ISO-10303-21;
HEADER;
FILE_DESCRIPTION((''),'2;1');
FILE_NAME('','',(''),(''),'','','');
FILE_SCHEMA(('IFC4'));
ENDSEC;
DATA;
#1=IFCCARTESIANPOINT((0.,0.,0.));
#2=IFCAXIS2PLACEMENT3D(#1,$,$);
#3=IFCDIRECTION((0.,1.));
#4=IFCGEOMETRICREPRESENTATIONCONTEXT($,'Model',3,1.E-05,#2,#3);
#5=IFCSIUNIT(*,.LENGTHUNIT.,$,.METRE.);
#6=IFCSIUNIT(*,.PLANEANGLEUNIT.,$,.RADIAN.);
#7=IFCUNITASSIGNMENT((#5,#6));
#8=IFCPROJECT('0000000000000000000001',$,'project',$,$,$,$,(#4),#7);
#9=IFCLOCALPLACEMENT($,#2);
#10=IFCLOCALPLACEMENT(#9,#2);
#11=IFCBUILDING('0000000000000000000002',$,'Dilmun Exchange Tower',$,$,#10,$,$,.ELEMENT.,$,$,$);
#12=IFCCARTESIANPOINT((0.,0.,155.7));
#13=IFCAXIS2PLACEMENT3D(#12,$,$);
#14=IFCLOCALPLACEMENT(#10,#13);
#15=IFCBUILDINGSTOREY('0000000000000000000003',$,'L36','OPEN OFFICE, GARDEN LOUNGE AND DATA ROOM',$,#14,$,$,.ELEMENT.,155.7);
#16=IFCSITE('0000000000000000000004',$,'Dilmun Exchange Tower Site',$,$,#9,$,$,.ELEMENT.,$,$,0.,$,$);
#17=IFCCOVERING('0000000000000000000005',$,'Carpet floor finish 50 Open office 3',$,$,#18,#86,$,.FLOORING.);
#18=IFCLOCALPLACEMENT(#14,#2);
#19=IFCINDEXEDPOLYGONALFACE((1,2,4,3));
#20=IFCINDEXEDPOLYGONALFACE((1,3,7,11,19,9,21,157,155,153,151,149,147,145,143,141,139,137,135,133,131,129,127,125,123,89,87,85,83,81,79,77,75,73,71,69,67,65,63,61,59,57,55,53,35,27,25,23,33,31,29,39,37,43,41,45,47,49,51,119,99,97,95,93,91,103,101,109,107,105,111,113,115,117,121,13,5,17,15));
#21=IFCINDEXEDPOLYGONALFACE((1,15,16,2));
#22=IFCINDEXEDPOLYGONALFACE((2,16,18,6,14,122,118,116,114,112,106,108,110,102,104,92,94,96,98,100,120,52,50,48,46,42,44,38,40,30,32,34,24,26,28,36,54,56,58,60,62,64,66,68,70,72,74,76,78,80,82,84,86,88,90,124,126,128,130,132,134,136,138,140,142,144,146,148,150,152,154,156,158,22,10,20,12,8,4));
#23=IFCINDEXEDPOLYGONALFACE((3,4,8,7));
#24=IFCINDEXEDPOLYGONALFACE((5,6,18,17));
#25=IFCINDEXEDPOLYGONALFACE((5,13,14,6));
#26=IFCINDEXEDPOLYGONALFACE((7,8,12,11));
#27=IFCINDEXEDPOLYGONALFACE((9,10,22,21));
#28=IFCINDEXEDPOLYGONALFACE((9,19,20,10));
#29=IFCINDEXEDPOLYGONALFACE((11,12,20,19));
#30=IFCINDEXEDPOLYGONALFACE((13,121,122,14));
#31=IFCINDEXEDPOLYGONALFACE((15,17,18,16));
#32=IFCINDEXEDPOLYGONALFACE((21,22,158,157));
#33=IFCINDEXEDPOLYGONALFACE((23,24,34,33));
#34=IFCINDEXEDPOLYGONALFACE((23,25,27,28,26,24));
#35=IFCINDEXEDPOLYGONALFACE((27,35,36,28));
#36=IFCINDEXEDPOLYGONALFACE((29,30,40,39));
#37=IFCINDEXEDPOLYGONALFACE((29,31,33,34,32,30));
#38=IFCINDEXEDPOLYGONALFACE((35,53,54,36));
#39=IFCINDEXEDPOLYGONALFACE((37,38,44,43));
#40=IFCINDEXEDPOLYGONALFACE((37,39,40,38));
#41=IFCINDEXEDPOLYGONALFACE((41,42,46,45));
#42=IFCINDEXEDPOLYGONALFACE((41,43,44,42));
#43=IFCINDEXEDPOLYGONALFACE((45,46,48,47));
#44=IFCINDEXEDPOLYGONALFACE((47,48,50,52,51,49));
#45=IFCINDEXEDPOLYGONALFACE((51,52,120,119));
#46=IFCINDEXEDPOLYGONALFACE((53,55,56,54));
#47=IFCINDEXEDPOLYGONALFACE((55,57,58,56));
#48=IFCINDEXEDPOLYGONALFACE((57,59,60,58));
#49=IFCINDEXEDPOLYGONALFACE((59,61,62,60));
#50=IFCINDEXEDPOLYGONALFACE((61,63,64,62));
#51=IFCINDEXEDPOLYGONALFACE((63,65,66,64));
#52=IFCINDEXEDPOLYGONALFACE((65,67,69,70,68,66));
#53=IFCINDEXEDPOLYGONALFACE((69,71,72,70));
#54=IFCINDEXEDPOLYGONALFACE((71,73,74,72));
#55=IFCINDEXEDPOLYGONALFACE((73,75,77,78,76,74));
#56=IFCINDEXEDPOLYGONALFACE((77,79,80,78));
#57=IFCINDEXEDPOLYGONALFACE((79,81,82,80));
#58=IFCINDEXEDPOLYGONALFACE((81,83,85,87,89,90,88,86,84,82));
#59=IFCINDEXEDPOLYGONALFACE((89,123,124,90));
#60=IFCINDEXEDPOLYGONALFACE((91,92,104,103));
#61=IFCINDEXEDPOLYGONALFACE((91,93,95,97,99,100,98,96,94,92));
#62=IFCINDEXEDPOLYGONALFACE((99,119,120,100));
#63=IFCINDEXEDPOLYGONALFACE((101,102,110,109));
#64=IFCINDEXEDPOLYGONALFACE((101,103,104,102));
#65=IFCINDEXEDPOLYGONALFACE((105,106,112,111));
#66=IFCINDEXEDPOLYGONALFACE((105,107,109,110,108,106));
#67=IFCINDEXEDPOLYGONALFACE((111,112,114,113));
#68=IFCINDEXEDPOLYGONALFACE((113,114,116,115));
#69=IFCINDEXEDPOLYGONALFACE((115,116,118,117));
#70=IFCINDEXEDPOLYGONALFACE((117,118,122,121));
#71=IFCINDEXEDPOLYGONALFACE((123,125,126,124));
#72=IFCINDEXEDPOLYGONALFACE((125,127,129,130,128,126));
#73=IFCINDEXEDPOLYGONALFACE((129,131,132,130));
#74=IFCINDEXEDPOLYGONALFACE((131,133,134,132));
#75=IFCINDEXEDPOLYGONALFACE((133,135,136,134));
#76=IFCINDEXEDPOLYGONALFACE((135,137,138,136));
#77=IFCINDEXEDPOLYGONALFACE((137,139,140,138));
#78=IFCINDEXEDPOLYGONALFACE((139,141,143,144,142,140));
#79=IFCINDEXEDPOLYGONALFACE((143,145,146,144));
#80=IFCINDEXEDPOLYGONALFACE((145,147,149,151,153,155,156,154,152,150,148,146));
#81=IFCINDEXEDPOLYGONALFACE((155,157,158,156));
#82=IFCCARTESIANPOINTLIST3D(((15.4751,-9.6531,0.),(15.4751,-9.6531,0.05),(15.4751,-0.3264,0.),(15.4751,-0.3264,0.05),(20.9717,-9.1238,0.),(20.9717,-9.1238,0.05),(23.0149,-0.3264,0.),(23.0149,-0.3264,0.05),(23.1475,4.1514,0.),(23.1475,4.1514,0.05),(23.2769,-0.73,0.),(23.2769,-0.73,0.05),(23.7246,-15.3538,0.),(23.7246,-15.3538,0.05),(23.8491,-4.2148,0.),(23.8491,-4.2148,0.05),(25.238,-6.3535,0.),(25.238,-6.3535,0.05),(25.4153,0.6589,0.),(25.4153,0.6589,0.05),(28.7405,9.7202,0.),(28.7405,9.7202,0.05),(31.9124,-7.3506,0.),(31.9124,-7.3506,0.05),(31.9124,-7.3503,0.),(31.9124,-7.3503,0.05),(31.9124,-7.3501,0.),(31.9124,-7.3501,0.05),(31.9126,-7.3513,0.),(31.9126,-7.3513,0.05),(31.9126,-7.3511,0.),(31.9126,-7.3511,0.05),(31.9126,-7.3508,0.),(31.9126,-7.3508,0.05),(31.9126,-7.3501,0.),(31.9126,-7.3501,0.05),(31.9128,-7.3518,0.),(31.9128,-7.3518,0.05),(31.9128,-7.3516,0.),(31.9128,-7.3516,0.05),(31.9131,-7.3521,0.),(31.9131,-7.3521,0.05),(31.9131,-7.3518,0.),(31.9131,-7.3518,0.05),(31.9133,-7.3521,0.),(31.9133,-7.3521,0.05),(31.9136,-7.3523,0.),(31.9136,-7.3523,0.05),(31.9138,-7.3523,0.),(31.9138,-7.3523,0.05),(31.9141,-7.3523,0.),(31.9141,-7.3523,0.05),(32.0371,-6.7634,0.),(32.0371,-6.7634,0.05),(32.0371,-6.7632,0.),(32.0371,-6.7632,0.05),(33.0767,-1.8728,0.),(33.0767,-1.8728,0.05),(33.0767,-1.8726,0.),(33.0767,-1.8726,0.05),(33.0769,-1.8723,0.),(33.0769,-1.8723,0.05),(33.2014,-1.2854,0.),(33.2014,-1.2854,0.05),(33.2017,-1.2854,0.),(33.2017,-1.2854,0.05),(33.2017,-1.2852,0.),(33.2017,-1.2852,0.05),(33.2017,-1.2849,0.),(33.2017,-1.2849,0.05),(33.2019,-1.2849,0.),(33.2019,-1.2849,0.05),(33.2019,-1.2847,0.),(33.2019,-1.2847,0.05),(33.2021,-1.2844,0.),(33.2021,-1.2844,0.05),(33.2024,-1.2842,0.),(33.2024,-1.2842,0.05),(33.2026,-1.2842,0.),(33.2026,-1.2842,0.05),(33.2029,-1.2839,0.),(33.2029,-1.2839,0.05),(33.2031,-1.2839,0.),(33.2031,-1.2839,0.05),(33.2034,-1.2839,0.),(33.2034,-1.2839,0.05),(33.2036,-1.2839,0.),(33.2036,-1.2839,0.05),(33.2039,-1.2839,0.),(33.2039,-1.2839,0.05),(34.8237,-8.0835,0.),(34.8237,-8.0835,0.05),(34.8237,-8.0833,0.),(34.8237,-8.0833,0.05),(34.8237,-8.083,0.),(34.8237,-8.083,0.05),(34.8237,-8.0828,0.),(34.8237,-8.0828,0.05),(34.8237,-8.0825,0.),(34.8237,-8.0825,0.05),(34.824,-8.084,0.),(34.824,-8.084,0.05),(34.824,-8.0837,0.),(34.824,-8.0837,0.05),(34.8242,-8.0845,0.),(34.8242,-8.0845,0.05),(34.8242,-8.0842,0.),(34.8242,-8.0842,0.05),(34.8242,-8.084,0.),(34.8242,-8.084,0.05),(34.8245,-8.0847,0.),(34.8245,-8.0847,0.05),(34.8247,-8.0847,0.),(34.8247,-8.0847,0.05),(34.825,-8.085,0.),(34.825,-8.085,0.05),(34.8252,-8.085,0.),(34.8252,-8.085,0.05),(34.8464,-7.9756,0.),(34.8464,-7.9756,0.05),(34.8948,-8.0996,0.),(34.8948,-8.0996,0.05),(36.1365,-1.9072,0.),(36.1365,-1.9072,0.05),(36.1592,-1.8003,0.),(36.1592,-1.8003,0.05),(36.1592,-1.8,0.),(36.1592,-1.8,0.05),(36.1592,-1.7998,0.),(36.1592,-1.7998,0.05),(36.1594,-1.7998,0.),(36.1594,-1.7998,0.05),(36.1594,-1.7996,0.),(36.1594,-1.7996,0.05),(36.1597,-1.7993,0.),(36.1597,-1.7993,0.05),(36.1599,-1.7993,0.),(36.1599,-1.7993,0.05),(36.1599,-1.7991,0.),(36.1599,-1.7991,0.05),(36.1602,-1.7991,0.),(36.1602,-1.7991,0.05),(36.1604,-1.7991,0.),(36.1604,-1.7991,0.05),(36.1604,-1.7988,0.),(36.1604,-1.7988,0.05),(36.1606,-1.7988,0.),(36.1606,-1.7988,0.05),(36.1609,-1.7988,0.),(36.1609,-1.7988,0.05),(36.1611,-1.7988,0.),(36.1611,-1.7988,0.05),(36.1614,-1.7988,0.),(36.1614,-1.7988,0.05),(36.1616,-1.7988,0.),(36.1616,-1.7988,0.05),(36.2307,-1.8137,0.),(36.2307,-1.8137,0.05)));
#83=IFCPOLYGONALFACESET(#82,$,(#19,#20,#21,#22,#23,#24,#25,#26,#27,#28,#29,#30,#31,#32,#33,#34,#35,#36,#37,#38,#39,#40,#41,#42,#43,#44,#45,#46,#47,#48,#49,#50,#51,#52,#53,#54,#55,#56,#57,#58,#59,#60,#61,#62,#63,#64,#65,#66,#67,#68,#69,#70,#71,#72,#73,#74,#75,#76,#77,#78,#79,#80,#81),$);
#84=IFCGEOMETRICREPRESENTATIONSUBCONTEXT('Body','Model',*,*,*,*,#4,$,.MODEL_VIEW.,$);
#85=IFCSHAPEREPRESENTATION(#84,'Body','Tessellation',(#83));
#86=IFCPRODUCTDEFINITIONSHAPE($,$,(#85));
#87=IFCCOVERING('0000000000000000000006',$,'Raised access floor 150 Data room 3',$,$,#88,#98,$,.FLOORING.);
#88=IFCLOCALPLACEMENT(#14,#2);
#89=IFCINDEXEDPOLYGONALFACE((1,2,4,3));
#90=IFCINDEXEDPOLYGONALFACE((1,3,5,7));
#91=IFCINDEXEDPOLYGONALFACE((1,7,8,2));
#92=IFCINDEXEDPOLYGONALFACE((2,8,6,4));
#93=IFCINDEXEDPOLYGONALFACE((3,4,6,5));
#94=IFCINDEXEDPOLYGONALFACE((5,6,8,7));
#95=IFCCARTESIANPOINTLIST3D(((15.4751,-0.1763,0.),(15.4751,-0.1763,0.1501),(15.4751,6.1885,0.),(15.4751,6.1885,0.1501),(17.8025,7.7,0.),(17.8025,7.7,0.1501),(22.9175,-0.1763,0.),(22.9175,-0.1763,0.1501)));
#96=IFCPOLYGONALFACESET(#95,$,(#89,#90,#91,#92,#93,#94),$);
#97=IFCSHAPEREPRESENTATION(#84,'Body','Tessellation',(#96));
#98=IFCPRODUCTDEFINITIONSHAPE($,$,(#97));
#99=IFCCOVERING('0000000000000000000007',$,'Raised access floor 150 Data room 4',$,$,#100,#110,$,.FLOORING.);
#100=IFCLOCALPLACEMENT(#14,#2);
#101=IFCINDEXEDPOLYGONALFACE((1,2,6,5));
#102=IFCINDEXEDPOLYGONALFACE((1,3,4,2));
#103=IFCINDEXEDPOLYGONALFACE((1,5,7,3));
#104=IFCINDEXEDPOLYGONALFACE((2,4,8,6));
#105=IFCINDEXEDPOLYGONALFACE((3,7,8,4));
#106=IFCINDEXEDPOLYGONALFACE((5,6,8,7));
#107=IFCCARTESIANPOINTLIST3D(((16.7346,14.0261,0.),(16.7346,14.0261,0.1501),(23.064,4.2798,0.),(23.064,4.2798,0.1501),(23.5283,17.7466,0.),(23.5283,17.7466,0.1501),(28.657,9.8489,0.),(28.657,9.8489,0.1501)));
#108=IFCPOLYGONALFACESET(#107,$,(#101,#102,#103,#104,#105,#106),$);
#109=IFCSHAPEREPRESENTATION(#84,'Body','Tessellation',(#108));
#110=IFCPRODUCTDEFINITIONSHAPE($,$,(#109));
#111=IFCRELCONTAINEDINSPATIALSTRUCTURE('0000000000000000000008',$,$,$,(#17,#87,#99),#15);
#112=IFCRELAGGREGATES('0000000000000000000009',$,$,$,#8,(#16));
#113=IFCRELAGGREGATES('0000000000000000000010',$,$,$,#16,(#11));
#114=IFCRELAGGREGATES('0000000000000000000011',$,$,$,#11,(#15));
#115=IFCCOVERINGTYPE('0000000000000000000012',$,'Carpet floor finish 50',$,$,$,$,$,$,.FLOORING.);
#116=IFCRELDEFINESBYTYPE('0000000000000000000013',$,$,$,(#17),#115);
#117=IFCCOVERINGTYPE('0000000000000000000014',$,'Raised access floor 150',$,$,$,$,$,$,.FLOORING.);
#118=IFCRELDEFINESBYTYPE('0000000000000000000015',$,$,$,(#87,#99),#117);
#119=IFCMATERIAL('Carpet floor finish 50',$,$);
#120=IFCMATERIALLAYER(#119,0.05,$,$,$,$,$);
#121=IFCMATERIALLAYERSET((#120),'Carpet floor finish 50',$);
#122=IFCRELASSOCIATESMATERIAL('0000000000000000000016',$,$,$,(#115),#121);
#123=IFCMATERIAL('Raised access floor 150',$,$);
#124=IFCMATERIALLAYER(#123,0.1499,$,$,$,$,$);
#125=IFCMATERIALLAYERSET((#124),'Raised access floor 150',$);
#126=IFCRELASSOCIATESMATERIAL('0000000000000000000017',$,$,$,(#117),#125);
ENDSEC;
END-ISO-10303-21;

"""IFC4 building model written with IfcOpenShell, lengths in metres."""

from ifc_helpers import new_model, si_unit, direction, frame, origin, place, context, subcontext, project, spatial, polyline, outline, extrude, material, layer, layer_set, type_object, element, save


model = new_model("IFC4")

# Units and contexts
model_context = context("Model", 3, precision=1e-05, world=origin(), true_north=direction((0.0, 1.0)))
body_context = subcontext(model_context, "Body", "Model", "MODEL_VIEW")
ifc_project = project(units=[si_unit("LENGTHUNIT", "METRE"), si_unit("PLANEANGLEUNIT", "RADIAN")], contexts=[model_context])

# Site, building, storey
site_placement = place(None, origin())
site = spatial("IfcSite", under=ifc_project, at=site_placement, Name="Dilmun Exchange Tower Site", CompositionType="ELEMENT", RefElevation=0.0)
building_placement = place(site_placement, origin())
building = spatial("IfcBuilding", under=site, at=building_placement, Name="Dilmun Exchange Tower", CompositionType="ELEMENT")
storey_placement = place(building_placement, frame((0.0, 0.0, 155.7)))
storey = spatial("IfcBuildingStorey", under=building, at=storey_placement, Name="L36", Description="OPEN OFFICE, GARDEN LOUNGE AND DATA ROOM", CompositionType="ELEMENT", Elevation=155.7)

# Coverings
ifc_material_1 = material(Name="Carpet floor finish 50")
ifc_layer_1 = layer(ifc_material_1, 0.05)
ifc_layer_set_1 = layer_set([ifc_layer_1], Name="Carpet floor finish 50")
covering_type_1 = type_object("IfcCoveringType", Name="Carpet floor finish 50", PredefinedType="FLOORING", material=ifc_layer_set_1)
covering_1_placement = place(storey_placement, origin())
element("IfcCovering", 1, at=covering_1_placement, inside=storey, type_object=covering_type_1, Name="Carpet floor finish 50 Open office 3", PredefinedType="FLOORING", context=body_context, shape_type="SweptSolid", body=[
    extrude(outline(polyline([(20.9717, -9.1238), (25.238, -6.3535), (23.8491, -4.2148), (15.4751, -9.6531), (15.4751, -0.3264), (23.0149, -0.3264), (23.2769, -0.73), (25.4153, 0.6589), (23.1475, 4.1514), (28.7405, 9.7202), (36.2307, -1.8137), (36.1616, -1.7988), (36.1614, -1.7988), (36.1611, -1.7988), (36.1609, -1.7988), (36.1606, -1.7988), (36.1604, -1.7988), (36.1604, -1.7991), (36.1602, -1.7991), (36.1599, -1.7991), (36.1599, -1.7993), (36.1597, -1.7993), (36.1594, -1.7996), (36.1594, -1.7998), (36.1592, -1.7998), (36.1592, -1.8), (36.1592, -1.8003), (36.1592, -1.8003), (36.1365, -1.9072), (33.2039, -1.2839), (33.2036, -1.2839), (33.2036, -1.2839), (33.2034, -1.2839), (33.2031, -1.2839), (33.2029, -1.2839), (33.2026, -1.2842), (33.2024, -1.2842), (33.2024, -1.2842), (33.2021, -1.2844), (33.2021, -1.2844), (33.2019, -1.2847), (33.2019, -1.2849), (33.2017, -1.2849), (33.2017, -1.2852), (33.2017, -1.2854), (33.2014, -1.2854), (33.0769, -1.8723), (33.0767, -1.8726), (33.0767, -1.8728), (32.0371, -6.7632), (32.0371, -6.7632), (32.0371, -6.7634), (31.9126, -7.3501), (31.9124, -7.3501), (31.9124, -7.3503), (31.9124, -7.3506), (31.9126, -7.3508), (31.9126, -7.3511), (31.9126, -7.3513), (31.9126, -7.3513), (31.9128, -7.3516), (31.9128, -7.3518), (31.9131, -7.3518), (31.9131, -7.3521), (31.9133, -7.3521), (31.9136, -7.3523), (31.9136, -7.3523), (31.9138, -7.3523), (31.9141, -7.3523), (34.8464, -7.9756), (34.8237, -8.0825), (34.8237, -8.0828), (34.8237, -8.083), (34.8237, -8.0833), (34.8237, -8.0835), (34.8237, -8.0835), (34.824, -8.0837), (34.824, -8.084), (34.8242, -8.084), (34.8242, -8.0842), (34.8242, -8.0845), (34.8245, -8.0847), (34.8247, -8.0847), (34.8247, -8.0847), (34.825, -8.085), (34.8252, -8.085), (34.8252, -8.085), (34.8948, -8.0996), (23.7246, -15.3538), (20.9717, -9.1238)])), origin(), (0.0, 0.0, 1.0), 0.05),
])
ifc_material_2 = material(Name="Raised access floor 150")
ifc_layer_2 = layer(ifc_material_2, 0.1499)
ifc_layer_set_2 = layer_set([ifc_layer_2], Name="Raised access floor 150")
covering_type_2 = type_object("IfcCoveringType", Name="Raised access floor 150", PredefinedType="FLOORING", material=ifc_layer_set_2)
covering_2_placement = place(storey_placement, origin())
element("IfcCovering", 2, at=covering_2_placement, inside=storey, type_object=covering_type_2, Name="Raised access floor 150 Data room 3", PredefinedType="FLOORING", context=body_context, shape_type="SweptSolid", body=[
    extrude(outline(polyline([(15.4751, 6.1885), (17.8025, 7.7), (22.9175, -0.1763), (15.4751, -0.1763), (15.4751, 6.1885)])), origin(), (0.0, 0.0, 1.0), 0.1501),
])
covering_3_placement = place(storey_placement, origin())
element("IfcCovering", 3, at=covering_3_placement, inside=storey, type_object=covering_type_2, Name="Raised access floor 150 Data room 4", PredefinedType="FLOORING", context=body_context, shape_type="SweptSolid", body=[
    extrude(outline(polyline([(23.064, 4.2798), (16.7346, 14.0261), (23.5283, 17.7466), (28.657, 9.8489), (23.064, 4.2798)])), origin(), (0.0, 0.0, 1.0), 0.1501),
])

save(model, "model.ifc")
